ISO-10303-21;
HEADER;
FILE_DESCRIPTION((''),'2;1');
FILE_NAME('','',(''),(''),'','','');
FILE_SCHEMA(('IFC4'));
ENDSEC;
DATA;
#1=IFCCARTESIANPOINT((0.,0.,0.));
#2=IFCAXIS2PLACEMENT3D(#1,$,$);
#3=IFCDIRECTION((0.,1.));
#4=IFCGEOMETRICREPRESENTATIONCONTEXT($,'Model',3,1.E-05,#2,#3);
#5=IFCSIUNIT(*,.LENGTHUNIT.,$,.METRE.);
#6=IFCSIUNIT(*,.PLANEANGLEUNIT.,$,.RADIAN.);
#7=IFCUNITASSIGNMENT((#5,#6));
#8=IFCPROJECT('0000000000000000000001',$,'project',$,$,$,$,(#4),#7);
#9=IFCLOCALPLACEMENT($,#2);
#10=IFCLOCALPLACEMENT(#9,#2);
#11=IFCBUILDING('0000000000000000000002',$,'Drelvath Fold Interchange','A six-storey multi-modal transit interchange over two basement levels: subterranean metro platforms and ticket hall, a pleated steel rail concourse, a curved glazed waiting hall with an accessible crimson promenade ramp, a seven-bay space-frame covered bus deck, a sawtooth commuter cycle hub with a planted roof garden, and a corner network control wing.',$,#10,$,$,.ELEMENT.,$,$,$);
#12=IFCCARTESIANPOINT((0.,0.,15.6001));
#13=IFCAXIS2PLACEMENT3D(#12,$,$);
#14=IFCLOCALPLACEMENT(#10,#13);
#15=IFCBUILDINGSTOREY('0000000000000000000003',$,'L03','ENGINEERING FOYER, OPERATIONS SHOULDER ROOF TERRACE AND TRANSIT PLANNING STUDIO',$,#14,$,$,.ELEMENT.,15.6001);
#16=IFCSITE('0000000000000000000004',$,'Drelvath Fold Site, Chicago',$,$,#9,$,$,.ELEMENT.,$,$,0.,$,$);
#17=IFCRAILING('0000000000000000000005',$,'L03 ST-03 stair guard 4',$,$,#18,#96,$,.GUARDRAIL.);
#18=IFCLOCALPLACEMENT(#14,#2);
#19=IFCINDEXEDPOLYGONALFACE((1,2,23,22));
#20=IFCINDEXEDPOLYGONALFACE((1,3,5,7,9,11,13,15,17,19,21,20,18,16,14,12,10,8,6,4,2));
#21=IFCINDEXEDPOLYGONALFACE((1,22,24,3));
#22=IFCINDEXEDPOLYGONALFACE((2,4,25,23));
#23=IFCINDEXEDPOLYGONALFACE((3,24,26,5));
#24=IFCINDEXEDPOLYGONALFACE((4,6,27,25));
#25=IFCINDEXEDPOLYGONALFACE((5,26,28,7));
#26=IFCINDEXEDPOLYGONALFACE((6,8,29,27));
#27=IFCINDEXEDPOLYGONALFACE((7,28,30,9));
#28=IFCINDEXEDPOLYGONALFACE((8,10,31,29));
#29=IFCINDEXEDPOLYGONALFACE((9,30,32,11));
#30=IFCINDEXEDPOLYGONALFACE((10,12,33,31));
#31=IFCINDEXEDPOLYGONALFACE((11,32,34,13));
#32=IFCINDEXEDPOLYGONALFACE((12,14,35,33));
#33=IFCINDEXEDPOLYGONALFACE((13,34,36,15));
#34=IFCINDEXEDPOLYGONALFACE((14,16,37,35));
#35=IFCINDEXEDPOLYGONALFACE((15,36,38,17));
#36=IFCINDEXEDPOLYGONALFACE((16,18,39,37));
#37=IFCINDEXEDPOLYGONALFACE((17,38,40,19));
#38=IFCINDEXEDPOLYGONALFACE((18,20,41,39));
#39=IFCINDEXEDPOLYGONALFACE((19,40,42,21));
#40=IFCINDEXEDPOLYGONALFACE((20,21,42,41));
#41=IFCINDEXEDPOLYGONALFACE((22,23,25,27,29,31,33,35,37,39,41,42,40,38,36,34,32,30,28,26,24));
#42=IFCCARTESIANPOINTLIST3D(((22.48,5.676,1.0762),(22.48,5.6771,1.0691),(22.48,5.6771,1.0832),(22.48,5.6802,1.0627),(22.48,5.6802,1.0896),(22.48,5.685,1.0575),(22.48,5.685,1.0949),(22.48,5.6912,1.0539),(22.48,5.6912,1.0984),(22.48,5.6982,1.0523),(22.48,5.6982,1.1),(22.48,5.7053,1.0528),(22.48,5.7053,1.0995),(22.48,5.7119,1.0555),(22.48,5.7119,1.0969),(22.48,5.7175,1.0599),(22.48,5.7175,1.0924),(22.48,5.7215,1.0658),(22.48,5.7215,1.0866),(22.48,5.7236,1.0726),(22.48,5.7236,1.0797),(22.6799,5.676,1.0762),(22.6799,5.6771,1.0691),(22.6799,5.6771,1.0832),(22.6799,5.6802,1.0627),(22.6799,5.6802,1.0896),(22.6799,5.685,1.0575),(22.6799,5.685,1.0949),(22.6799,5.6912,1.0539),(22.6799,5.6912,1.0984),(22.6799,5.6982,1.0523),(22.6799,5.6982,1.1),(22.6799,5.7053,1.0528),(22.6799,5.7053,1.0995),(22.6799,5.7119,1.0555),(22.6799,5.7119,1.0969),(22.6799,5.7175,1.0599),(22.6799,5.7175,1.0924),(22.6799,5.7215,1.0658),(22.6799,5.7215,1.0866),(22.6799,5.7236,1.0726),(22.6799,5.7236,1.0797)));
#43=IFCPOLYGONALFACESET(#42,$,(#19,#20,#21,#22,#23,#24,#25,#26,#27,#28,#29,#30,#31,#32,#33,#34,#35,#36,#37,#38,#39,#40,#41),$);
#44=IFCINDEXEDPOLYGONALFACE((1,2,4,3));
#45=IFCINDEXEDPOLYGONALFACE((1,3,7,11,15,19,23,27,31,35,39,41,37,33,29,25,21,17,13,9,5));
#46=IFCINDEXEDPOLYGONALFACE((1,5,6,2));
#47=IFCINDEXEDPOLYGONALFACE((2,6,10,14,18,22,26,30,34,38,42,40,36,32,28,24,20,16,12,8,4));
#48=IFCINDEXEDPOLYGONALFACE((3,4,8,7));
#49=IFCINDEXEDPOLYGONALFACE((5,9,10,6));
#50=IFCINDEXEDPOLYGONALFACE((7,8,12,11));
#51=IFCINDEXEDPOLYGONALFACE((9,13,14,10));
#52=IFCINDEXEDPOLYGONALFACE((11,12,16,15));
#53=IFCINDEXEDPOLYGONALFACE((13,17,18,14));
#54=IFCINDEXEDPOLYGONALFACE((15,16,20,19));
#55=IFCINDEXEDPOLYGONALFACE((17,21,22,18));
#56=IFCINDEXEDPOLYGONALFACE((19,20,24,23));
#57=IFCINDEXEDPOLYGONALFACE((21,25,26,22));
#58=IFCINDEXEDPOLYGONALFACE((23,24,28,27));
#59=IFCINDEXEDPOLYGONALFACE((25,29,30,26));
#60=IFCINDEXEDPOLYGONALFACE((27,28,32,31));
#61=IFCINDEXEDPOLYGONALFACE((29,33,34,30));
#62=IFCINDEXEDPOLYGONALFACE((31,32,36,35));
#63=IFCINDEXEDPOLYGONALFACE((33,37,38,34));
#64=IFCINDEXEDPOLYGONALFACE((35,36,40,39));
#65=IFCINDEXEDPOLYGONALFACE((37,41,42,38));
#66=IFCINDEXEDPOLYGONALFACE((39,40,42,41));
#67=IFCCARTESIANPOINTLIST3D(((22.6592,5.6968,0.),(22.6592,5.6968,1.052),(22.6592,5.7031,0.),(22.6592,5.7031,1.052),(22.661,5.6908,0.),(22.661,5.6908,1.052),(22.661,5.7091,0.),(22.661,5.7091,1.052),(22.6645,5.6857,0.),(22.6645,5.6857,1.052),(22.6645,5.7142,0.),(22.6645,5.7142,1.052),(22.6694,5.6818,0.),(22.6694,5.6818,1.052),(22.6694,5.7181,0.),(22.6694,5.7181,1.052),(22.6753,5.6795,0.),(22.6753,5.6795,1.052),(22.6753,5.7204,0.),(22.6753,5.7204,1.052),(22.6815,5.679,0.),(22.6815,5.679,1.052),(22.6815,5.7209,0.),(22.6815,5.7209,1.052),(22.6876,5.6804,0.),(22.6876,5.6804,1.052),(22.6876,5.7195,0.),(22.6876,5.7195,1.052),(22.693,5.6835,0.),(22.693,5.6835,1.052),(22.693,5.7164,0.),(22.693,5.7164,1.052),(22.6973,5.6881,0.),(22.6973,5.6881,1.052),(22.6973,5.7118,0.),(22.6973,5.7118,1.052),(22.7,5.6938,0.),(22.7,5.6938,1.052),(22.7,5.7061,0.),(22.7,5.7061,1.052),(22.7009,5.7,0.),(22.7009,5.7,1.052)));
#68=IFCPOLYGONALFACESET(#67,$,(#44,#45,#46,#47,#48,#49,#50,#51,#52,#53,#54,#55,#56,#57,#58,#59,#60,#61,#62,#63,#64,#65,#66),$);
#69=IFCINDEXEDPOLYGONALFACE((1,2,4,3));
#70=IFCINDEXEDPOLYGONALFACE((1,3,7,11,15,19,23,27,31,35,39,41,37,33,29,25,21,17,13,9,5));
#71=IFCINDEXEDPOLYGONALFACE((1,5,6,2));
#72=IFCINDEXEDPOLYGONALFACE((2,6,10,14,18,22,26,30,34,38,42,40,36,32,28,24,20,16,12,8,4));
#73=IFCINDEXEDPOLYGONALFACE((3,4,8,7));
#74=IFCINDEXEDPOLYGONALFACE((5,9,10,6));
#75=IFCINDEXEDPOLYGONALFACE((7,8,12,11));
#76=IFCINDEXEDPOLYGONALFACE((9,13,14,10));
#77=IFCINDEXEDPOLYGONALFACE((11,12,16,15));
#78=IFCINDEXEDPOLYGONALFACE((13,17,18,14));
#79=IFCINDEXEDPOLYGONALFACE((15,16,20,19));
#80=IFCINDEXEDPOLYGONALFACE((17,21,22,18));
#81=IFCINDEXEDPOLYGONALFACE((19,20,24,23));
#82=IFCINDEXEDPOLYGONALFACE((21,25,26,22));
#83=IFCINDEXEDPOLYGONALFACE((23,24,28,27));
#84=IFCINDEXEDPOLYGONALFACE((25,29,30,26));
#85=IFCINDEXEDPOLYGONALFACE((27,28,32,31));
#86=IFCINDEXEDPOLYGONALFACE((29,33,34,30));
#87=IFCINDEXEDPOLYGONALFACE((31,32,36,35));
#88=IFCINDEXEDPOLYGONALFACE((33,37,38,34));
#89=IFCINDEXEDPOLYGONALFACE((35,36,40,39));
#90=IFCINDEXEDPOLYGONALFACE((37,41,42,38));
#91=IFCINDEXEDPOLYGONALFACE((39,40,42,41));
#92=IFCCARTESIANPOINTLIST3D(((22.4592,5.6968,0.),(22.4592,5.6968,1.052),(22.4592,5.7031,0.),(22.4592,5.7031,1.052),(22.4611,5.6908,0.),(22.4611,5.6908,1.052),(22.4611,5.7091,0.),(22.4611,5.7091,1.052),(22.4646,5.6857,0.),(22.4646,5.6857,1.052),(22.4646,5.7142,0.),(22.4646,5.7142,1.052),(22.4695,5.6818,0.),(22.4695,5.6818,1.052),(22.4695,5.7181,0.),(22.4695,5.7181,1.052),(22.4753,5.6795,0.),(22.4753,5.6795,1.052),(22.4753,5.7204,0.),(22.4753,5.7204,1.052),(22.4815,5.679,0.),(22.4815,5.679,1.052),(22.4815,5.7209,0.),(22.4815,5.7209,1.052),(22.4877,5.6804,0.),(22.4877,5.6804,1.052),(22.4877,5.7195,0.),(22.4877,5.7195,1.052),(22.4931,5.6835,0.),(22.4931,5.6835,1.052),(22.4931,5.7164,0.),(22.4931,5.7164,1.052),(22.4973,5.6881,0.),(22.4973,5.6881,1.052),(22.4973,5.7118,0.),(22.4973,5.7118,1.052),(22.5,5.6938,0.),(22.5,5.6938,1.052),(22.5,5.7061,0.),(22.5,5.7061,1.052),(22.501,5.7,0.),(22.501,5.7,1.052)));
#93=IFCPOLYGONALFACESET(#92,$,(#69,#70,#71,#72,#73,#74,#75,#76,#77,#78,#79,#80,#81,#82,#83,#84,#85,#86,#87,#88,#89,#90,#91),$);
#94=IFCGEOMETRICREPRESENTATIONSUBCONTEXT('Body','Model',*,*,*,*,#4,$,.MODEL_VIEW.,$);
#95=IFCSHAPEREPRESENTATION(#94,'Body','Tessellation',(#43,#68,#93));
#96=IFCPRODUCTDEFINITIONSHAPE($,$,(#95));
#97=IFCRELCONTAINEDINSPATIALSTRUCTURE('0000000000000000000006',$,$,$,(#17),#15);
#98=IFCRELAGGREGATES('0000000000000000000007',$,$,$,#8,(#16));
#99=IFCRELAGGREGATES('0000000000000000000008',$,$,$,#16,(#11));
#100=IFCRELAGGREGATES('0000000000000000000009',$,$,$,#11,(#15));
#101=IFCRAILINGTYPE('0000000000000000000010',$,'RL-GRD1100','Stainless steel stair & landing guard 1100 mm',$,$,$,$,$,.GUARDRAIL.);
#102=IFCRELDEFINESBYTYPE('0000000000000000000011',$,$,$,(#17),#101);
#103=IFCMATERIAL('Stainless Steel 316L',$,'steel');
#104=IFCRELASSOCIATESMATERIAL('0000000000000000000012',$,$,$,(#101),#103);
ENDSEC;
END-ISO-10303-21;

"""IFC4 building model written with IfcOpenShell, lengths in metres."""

from ifc_helpers import new_model, si_unit, direction, frame, origin, origin_2d, place, context, subcontext, project, spatial, circle, extrude, material, type_object, element, save


model = new_model("IFC4")

# Units and contexts
model_context = context("Model", 3, precision=1e-05, world=origin(), true_north=direction((0.0, 1.0)))
body_context = subcontext(model_context, "Body", "Model", "MODEL_VIEW")
ifc_project = project(units=[si_unit("LENGTHUNIT", "METRE"), si_unit("PLANEANGLEUNIT", "RADIAN")], contexts=[model_context])

# Site, building, storey
site_placement = place(None, origin())
site = spatial("IfcSite", under=ifc_project, at=site_placement, Name="Drelvath Fold Site, Chicago", CompositionType="ELEMENT", RefElevation=0.0)
building_placement = place(site_placement, origin())
building = spatial("IfcBuilding", under=site, at=building_placement, Name="Drelvath Fold Interchange", Description="A six-storey multi-modal transit interchange over two basement levels: subterranean metro platforms and ticket hall, a pleated steel rail concourse, a curved glazed waiting hall with an accessible crimson promenade ramp, a seven-bay space-frame covered bus deck, a sawtooth commuter cycle hub with a planted roof garden, and a corner network control wing.", CompositionType="ELEMENT")
storey_placement = place(building_placement, frame((0.0, 0.0, 15.6001)))
storey = spatial("IfcBuildingStorey", under=building, at=storey_placement, Name="L03", Description="ENGINEERING FOYER, OPERATIONS SHOULDER ROOF TERRACE AND TRANSIT PLANNING STUDIO", CompositionType="ELEMENT", Elevation=15.6001)

# Railing
ifc_material_1 = material(Name="Stainless Steel 316L", Category="steel")
railing_type_1 = type_object("IfcRailingType", Name="RL-GRD1100", Description="Stainless steel stair & landing guard 1100 mm", PredefinedType="GUARDRAIL", material=ifc_material_1)
railing_1_placement = place(storey_placement, frame((22.6799, 5.7, 0.0)))
element("IfcRailing", 1, at=railing_1_placement, inside=storey, type_object=railing_type_1, Name="L03 ST-03 stair guard 4", PredefinedType="GUARDRAIL", context=body_context, shape_type="SweptSolid", body=[
    extrude(circle(Radius=0.0239, at=origin_2d()), frame((0.0, 0.0, 1.0762), z_axis=(-1.0, 0.0, 0.0), x_axis=(0.0, -1.0, 0.0)), (0.0, 0.0, 1.0), 0.2),
    extrude(circle(Radius=0.021, at=origin_2d()), origin(), (0.0, 0.0, 1.0), 1.052),
    extrude(circle(Radius=0.021, at=origin_2d()), frame((-0.2, 0.0, 0.0)), (0.0, 0.0, 1.0), 1.052),
])

save(model, "model.ifc")
